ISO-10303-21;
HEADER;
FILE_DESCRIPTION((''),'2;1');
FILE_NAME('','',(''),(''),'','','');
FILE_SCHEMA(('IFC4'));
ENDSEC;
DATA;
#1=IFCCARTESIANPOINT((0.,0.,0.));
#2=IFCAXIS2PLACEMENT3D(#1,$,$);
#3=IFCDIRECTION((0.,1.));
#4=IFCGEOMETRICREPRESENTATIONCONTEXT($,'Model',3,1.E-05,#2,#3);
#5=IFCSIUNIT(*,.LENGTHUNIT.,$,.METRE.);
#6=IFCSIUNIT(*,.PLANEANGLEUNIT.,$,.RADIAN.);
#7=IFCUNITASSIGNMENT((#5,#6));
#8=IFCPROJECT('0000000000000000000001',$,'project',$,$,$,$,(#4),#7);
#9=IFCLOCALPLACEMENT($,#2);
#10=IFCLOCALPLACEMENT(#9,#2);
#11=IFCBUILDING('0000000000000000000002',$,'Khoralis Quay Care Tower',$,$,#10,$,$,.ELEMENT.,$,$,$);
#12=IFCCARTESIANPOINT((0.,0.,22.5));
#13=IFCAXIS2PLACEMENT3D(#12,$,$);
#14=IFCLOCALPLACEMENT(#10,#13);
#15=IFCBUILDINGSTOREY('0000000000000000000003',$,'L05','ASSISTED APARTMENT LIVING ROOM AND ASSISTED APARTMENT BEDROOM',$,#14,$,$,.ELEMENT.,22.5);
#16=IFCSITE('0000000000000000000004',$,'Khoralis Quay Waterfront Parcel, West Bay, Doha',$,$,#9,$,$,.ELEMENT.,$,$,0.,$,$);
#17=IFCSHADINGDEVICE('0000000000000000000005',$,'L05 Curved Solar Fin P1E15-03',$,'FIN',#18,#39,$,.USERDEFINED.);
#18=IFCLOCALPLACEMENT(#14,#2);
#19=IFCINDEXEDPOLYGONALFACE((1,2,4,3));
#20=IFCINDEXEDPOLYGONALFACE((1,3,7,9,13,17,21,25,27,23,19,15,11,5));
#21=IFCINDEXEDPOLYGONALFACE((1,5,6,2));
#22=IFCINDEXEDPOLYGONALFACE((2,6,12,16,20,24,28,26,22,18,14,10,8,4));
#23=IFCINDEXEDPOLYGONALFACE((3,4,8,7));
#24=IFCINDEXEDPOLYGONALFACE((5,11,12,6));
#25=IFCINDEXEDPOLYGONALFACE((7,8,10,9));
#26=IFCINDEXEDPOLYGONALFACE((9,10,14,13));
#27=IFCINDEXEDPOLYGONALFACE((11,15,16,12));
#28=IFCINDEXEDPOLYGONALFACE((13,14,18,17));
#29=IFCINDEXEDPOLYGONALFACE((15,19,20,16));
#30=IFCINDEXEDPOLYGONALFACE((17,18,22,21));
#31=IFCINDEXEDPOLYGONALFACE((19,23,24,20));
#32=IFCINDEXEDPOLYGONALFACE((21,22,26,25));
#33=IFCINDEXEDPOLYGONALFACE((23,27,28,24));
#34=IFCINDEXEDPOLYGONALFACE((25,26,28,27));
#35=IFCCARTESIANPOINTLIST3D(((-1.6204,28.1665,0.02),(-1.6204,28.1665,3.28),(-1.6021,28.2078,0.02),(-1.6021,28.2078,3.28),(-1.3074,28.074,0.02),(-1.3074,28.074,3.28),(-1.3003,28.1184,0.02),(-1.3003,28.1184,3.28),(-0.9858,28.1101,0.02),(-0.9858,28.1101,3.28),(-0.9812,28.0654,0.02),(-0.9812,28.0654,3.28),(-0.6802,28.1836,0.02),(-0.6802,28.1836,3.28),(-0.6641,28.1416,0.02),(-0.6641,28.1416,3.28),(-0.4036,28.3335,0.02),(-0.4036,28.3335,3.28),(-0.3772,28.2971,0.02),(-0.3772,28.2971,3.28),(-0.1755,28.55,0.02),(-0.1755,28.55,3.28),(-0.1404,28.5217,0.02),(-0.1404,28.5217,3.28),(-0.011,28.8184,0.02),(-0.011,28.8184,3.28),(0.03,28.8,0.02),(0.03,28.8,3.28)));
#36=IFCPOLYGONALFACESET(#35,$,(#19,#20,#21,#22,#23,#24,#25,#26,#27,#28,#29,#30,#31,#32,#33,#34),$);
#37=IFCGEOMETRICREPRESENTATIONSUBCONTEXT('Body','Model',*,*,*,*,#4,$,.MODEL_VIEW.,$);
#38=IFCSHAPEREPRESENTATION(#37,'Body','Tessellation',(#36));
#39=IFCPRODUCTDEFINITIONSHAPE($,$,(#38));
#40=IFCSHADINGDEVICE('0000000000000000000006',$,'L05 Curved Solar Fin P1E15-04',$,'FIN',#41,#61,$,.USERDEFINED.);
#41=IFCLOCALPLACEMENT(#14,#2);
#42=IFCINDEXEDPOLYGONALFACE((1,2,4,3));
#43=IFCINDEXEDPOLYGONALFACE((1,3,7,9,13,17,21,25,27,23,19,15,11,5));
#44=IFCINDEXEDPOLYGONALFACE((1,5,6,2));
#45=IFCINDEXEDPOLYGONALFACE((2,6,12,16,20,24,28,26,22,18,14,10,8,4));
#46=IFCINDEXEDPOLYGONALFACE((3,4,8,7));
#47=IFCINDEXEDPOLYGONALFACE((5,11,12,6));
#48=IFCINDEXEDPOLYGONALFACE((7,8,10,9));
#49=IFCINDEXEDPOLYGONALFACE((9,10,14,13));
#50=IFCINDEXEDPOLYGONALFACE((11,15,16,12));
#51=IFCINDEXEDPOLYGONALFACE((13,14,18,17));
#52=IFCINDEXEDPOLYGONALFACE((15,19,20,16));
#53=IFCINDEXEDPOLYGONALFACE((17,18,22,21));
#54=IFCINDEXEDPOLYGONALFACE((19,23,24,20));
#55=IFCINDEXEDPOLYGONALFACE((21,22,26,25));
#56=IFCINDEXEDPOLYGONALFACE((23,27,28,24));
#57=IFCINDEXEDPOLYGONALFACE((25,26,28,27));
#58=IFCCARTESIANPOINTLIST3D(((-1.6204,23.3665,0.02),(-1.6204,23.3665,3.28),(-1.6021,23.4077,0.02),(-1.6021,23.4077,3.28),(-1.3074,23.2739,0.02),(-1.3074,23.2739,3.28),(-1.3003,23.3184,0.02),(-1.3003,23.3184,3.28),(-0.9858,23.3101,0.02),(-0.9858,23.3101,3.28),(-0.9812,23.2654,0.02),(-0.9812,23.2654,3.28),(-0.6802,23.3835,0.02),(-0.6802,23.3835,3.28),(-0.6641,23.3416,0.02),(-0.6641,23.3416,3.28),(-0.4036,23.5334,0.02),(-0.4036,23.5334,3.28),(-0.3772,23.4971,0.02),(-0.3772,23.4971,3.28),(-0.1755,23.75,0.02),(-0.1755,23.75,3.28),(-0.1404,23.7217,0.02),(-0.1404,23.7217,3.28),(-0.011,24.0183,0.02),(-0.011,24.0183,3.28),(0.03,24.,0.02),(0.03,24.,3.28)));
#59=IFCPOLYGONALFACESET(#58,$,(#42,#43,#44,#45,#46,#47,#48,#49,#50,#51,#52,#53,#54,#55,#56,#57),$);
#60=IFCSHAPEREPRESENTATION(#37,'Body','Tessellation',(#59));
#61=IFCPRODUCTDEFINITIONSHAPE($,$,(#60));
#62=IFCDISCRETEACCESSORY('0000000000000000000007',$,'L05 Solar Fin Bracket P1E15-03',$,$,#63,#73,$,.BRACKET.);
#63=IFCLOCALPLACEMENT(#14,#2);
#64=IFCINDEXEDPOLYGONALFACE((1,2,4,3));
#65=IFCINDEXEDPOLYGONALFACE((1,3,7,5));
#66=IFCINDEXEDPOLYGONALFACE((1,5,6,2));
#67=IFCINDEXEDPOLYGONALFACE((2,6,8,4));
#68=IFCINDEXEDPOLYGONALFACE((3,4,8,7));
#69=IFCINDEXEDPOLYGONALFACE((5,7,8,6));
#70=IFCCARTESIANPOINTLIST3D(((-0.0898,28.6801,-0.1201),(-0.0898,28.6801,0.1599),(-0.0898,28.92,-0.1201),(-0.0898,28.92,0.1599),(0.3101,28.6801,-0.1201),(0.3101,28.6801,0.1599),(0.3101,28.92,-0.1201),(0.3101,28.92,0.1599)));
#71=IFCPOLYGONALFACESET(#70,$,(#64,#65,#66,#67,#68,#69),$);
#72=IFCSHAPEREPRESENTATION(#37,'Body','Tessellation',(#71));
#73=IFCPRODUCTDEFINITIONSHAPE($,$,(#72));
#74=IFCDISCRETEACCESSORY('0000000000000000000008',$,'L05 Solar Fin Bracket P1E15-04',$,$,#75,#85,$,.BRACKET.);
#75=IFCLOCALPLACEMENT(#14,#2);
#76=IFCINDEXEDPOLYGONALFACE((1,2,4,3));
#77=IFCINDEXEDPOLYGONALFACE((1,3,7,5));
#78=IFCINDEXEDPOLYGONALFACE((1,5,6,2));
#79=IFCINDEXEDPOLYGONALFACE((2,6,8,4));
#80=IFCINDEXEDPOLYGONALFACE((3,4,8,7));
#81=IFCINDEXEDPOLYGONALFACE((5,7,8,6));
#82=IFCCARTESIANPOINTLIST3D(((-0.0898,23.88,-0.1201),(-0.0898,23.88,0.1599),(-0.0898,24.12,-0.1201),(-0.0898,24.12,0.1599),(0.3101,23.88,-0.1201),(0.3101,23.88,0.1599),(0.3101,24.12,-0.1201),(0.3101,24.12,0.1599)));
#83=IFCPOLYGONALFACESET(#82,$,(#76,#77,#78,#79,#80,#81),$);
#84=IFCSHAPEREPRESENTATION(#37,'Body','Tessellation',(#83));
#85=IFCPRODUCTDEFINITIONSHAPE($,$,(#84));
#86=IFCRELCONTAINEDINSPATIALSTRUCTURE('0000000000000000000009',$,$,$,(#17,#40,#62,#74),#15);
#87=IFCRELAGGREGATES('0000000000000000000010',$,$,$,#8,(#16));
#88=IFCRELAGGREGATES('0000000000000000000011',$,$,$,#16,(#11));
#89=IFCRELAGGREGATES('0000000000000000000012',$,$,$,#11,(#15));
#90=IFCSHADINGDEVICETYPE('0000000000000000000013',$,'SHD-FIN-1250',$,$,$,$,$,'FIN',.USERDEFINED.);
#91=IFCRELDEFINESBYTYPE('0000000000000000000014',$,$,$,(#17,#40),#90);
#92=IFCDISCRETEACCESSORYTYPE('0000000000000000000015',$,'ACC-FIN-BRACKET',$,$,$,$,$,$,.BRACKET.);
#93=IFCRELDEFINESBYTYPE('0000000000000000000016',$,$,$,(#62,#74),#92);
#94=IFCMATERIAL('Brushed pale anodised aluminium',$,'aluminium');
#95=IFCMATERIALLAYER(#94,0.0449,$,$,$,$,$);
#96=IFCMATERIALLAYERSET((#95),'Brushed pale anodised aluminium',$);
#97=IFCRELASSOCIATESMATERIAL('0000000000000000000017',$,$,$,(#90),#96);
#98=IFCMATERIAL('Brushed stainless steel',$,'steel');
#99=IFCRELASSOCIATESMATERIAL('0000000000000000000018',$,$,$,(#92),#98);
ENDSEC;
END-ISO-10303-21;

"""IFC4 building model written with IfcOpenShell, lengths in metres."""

from ifc_helpers import new_model, si_unit, direction, frame, origin, origin_2d, place, context, subcontext, project, spatial, polyline, rectangle, outline, extrude, source, transform, mapped, material, layer, layer_set, type_object, element, save


model = new_model("IFC4")

# Units and contexts
model_context = context("Model", 3, precision=1e-05, world=origin(), true_north=direction((0.0, 1.0)))
body_context = subcontext(model_context, "Body", "Model", "MODEL_VIEW")
ifc_project = project(units=[si_unit("LENGTHUNIT", "METRE"), si_unit("PLANEANGLEUNIT", "RADIAN")], contexts=[model_context])

# Site, building, storey
site_placement = place(None, origin())
site = spatial("IfcSite", under=ifc_project, at=site_placement, Name="Khoralis Quay Waterfront Parcel, West Bay, Doha", CompositionType="ELEMENT", RefElevation=0.0)
building_placement = place(site_placement, origin())
building = spatial("IfcBuilding", under=site, at=building_placement, Name="Khoralis Quay Care Tower", CompositionType="ELEMENT")
storey_placement = place(building_placement, frame((0.0, 0.0, 22.5)))
storey = spatial("IfcBuildingStorey", under=building, at=storey_placement, Name="L05", Description="ASSISTED APARTMENT LIVING ROOM AND ASSISTED APARTMENT BEDROOM", CompositionType="ELEMENT", Elevation=22.5)

# Shading devices
ifc_material_1 = material(Name="Brushed pale anodised aluminium", Category="aluminium")
ifc_layer_1 = layer(ifc_material_1, 0.0449)
ifc_layer_set_1 = layer_set([ifc_layer_1], Name="Brushed pale anodised aluminium")
shading_device_type = type_object("IfcShadingDeviceType", Name="SHD-FIN-1250", ElementType="FIN", PredefinedType="USERDEFINED", material=ifc_layer_set_1)
shared_shape_1 = source(origin(), body_context, "Body", "SweptSolid", [
    extrude(outline(polyline([(0.0, 0.0), (0.1704, 0.2783), (0.4072, 0.5029), (0.6941, 0.6584), (1.0112, 0.7346), (1.3374, 0.7261), (1.6504, 0.6335), (1.6321, 0.5923), (1.3303, 0.6816), (1.0159, 0.6899), (0.7102, 0.6165), (0.4336, 0.4666), (0.2056, 0.25), (0.041, -0.0183), (0.0, 0.0)])), origin(), (0.0, 0.0, 1.0), 3.26),
])
for number, where, z_axis, x_axis, name in (
    (1, (0.03, 28.8, 0.02), (0.0, 0.0, 1.0), (-1.0, 0.0, 0.0), "L05 Curved Solar Fin P1E15-03"),
    (2, (0.03, 24.0, 0.02), (0.0, 0.0, 1.0), (-1.0, 0.0, 0.0), "L05 Curved Solar Fin P1E15-04"),
):
    element("IfcShadingDevice", number, at=place(storey_placement, frame(where, z_axis=z_axis, x_axis=x_axis)), inside=storey, type_object=shading_device_type, Name=name, ObjectType="FIN", PredefinedType="USERDEFINED", context=body_context, shape_type="MappedRepresentation", body=[
        mapped(shared_shape_1, transform((0.0, 0.0, 0.0), scale=1.0)),
    ])

# Discrete accessories
ifc_material_2 = material(Name="Brushed stainless steel", Category="steel")
discrete_accessory_type = type_object("IfcDiscreteAccessoryType", Name="ACC-FIN-BRACKET", PredefinedType="BRACKET", material=ifc_material_2)
shared_shape_2 = source(origin(), body_context, "Body", "SweptSolid", [
    extrude(rectangle(XDim=0.3999, YDim=0.24, at=origin_2d()), origin(), (0.0, 0.0, 1.0), 0.28),
])
for number, where, z_axis, x_axis, name in (
    (3, (0.1101, 28.8, -0.1201), (0.0, 0.0, 1.0), (-1.0, 0.0, 0.0), "L05 Solar Fin Bracket P1E15-03"),
    (4, (0.1101, 24.0, -0.1201), (0.0, 0.0, 1.0), (-1.0, 0.0, 0.0), "L05 Solar Fin Bracket P1E15-04"),
):
    element("IfcDiscreteAccessory", number, at=place(storey_placement, frame(where, z_axis=z_axis, x_axis=x_axis)), inside=storey, type_object=discrete_accessory_type, Name=name, PredefinedType="BRACKET", context=body_context, shape_type="MappedRepresentation", body=[
        mapped(shared_shape_2, transform((0.0, 0.0, 0.0), scale=1.0)),
    ])

save(model, "model.ifc")
